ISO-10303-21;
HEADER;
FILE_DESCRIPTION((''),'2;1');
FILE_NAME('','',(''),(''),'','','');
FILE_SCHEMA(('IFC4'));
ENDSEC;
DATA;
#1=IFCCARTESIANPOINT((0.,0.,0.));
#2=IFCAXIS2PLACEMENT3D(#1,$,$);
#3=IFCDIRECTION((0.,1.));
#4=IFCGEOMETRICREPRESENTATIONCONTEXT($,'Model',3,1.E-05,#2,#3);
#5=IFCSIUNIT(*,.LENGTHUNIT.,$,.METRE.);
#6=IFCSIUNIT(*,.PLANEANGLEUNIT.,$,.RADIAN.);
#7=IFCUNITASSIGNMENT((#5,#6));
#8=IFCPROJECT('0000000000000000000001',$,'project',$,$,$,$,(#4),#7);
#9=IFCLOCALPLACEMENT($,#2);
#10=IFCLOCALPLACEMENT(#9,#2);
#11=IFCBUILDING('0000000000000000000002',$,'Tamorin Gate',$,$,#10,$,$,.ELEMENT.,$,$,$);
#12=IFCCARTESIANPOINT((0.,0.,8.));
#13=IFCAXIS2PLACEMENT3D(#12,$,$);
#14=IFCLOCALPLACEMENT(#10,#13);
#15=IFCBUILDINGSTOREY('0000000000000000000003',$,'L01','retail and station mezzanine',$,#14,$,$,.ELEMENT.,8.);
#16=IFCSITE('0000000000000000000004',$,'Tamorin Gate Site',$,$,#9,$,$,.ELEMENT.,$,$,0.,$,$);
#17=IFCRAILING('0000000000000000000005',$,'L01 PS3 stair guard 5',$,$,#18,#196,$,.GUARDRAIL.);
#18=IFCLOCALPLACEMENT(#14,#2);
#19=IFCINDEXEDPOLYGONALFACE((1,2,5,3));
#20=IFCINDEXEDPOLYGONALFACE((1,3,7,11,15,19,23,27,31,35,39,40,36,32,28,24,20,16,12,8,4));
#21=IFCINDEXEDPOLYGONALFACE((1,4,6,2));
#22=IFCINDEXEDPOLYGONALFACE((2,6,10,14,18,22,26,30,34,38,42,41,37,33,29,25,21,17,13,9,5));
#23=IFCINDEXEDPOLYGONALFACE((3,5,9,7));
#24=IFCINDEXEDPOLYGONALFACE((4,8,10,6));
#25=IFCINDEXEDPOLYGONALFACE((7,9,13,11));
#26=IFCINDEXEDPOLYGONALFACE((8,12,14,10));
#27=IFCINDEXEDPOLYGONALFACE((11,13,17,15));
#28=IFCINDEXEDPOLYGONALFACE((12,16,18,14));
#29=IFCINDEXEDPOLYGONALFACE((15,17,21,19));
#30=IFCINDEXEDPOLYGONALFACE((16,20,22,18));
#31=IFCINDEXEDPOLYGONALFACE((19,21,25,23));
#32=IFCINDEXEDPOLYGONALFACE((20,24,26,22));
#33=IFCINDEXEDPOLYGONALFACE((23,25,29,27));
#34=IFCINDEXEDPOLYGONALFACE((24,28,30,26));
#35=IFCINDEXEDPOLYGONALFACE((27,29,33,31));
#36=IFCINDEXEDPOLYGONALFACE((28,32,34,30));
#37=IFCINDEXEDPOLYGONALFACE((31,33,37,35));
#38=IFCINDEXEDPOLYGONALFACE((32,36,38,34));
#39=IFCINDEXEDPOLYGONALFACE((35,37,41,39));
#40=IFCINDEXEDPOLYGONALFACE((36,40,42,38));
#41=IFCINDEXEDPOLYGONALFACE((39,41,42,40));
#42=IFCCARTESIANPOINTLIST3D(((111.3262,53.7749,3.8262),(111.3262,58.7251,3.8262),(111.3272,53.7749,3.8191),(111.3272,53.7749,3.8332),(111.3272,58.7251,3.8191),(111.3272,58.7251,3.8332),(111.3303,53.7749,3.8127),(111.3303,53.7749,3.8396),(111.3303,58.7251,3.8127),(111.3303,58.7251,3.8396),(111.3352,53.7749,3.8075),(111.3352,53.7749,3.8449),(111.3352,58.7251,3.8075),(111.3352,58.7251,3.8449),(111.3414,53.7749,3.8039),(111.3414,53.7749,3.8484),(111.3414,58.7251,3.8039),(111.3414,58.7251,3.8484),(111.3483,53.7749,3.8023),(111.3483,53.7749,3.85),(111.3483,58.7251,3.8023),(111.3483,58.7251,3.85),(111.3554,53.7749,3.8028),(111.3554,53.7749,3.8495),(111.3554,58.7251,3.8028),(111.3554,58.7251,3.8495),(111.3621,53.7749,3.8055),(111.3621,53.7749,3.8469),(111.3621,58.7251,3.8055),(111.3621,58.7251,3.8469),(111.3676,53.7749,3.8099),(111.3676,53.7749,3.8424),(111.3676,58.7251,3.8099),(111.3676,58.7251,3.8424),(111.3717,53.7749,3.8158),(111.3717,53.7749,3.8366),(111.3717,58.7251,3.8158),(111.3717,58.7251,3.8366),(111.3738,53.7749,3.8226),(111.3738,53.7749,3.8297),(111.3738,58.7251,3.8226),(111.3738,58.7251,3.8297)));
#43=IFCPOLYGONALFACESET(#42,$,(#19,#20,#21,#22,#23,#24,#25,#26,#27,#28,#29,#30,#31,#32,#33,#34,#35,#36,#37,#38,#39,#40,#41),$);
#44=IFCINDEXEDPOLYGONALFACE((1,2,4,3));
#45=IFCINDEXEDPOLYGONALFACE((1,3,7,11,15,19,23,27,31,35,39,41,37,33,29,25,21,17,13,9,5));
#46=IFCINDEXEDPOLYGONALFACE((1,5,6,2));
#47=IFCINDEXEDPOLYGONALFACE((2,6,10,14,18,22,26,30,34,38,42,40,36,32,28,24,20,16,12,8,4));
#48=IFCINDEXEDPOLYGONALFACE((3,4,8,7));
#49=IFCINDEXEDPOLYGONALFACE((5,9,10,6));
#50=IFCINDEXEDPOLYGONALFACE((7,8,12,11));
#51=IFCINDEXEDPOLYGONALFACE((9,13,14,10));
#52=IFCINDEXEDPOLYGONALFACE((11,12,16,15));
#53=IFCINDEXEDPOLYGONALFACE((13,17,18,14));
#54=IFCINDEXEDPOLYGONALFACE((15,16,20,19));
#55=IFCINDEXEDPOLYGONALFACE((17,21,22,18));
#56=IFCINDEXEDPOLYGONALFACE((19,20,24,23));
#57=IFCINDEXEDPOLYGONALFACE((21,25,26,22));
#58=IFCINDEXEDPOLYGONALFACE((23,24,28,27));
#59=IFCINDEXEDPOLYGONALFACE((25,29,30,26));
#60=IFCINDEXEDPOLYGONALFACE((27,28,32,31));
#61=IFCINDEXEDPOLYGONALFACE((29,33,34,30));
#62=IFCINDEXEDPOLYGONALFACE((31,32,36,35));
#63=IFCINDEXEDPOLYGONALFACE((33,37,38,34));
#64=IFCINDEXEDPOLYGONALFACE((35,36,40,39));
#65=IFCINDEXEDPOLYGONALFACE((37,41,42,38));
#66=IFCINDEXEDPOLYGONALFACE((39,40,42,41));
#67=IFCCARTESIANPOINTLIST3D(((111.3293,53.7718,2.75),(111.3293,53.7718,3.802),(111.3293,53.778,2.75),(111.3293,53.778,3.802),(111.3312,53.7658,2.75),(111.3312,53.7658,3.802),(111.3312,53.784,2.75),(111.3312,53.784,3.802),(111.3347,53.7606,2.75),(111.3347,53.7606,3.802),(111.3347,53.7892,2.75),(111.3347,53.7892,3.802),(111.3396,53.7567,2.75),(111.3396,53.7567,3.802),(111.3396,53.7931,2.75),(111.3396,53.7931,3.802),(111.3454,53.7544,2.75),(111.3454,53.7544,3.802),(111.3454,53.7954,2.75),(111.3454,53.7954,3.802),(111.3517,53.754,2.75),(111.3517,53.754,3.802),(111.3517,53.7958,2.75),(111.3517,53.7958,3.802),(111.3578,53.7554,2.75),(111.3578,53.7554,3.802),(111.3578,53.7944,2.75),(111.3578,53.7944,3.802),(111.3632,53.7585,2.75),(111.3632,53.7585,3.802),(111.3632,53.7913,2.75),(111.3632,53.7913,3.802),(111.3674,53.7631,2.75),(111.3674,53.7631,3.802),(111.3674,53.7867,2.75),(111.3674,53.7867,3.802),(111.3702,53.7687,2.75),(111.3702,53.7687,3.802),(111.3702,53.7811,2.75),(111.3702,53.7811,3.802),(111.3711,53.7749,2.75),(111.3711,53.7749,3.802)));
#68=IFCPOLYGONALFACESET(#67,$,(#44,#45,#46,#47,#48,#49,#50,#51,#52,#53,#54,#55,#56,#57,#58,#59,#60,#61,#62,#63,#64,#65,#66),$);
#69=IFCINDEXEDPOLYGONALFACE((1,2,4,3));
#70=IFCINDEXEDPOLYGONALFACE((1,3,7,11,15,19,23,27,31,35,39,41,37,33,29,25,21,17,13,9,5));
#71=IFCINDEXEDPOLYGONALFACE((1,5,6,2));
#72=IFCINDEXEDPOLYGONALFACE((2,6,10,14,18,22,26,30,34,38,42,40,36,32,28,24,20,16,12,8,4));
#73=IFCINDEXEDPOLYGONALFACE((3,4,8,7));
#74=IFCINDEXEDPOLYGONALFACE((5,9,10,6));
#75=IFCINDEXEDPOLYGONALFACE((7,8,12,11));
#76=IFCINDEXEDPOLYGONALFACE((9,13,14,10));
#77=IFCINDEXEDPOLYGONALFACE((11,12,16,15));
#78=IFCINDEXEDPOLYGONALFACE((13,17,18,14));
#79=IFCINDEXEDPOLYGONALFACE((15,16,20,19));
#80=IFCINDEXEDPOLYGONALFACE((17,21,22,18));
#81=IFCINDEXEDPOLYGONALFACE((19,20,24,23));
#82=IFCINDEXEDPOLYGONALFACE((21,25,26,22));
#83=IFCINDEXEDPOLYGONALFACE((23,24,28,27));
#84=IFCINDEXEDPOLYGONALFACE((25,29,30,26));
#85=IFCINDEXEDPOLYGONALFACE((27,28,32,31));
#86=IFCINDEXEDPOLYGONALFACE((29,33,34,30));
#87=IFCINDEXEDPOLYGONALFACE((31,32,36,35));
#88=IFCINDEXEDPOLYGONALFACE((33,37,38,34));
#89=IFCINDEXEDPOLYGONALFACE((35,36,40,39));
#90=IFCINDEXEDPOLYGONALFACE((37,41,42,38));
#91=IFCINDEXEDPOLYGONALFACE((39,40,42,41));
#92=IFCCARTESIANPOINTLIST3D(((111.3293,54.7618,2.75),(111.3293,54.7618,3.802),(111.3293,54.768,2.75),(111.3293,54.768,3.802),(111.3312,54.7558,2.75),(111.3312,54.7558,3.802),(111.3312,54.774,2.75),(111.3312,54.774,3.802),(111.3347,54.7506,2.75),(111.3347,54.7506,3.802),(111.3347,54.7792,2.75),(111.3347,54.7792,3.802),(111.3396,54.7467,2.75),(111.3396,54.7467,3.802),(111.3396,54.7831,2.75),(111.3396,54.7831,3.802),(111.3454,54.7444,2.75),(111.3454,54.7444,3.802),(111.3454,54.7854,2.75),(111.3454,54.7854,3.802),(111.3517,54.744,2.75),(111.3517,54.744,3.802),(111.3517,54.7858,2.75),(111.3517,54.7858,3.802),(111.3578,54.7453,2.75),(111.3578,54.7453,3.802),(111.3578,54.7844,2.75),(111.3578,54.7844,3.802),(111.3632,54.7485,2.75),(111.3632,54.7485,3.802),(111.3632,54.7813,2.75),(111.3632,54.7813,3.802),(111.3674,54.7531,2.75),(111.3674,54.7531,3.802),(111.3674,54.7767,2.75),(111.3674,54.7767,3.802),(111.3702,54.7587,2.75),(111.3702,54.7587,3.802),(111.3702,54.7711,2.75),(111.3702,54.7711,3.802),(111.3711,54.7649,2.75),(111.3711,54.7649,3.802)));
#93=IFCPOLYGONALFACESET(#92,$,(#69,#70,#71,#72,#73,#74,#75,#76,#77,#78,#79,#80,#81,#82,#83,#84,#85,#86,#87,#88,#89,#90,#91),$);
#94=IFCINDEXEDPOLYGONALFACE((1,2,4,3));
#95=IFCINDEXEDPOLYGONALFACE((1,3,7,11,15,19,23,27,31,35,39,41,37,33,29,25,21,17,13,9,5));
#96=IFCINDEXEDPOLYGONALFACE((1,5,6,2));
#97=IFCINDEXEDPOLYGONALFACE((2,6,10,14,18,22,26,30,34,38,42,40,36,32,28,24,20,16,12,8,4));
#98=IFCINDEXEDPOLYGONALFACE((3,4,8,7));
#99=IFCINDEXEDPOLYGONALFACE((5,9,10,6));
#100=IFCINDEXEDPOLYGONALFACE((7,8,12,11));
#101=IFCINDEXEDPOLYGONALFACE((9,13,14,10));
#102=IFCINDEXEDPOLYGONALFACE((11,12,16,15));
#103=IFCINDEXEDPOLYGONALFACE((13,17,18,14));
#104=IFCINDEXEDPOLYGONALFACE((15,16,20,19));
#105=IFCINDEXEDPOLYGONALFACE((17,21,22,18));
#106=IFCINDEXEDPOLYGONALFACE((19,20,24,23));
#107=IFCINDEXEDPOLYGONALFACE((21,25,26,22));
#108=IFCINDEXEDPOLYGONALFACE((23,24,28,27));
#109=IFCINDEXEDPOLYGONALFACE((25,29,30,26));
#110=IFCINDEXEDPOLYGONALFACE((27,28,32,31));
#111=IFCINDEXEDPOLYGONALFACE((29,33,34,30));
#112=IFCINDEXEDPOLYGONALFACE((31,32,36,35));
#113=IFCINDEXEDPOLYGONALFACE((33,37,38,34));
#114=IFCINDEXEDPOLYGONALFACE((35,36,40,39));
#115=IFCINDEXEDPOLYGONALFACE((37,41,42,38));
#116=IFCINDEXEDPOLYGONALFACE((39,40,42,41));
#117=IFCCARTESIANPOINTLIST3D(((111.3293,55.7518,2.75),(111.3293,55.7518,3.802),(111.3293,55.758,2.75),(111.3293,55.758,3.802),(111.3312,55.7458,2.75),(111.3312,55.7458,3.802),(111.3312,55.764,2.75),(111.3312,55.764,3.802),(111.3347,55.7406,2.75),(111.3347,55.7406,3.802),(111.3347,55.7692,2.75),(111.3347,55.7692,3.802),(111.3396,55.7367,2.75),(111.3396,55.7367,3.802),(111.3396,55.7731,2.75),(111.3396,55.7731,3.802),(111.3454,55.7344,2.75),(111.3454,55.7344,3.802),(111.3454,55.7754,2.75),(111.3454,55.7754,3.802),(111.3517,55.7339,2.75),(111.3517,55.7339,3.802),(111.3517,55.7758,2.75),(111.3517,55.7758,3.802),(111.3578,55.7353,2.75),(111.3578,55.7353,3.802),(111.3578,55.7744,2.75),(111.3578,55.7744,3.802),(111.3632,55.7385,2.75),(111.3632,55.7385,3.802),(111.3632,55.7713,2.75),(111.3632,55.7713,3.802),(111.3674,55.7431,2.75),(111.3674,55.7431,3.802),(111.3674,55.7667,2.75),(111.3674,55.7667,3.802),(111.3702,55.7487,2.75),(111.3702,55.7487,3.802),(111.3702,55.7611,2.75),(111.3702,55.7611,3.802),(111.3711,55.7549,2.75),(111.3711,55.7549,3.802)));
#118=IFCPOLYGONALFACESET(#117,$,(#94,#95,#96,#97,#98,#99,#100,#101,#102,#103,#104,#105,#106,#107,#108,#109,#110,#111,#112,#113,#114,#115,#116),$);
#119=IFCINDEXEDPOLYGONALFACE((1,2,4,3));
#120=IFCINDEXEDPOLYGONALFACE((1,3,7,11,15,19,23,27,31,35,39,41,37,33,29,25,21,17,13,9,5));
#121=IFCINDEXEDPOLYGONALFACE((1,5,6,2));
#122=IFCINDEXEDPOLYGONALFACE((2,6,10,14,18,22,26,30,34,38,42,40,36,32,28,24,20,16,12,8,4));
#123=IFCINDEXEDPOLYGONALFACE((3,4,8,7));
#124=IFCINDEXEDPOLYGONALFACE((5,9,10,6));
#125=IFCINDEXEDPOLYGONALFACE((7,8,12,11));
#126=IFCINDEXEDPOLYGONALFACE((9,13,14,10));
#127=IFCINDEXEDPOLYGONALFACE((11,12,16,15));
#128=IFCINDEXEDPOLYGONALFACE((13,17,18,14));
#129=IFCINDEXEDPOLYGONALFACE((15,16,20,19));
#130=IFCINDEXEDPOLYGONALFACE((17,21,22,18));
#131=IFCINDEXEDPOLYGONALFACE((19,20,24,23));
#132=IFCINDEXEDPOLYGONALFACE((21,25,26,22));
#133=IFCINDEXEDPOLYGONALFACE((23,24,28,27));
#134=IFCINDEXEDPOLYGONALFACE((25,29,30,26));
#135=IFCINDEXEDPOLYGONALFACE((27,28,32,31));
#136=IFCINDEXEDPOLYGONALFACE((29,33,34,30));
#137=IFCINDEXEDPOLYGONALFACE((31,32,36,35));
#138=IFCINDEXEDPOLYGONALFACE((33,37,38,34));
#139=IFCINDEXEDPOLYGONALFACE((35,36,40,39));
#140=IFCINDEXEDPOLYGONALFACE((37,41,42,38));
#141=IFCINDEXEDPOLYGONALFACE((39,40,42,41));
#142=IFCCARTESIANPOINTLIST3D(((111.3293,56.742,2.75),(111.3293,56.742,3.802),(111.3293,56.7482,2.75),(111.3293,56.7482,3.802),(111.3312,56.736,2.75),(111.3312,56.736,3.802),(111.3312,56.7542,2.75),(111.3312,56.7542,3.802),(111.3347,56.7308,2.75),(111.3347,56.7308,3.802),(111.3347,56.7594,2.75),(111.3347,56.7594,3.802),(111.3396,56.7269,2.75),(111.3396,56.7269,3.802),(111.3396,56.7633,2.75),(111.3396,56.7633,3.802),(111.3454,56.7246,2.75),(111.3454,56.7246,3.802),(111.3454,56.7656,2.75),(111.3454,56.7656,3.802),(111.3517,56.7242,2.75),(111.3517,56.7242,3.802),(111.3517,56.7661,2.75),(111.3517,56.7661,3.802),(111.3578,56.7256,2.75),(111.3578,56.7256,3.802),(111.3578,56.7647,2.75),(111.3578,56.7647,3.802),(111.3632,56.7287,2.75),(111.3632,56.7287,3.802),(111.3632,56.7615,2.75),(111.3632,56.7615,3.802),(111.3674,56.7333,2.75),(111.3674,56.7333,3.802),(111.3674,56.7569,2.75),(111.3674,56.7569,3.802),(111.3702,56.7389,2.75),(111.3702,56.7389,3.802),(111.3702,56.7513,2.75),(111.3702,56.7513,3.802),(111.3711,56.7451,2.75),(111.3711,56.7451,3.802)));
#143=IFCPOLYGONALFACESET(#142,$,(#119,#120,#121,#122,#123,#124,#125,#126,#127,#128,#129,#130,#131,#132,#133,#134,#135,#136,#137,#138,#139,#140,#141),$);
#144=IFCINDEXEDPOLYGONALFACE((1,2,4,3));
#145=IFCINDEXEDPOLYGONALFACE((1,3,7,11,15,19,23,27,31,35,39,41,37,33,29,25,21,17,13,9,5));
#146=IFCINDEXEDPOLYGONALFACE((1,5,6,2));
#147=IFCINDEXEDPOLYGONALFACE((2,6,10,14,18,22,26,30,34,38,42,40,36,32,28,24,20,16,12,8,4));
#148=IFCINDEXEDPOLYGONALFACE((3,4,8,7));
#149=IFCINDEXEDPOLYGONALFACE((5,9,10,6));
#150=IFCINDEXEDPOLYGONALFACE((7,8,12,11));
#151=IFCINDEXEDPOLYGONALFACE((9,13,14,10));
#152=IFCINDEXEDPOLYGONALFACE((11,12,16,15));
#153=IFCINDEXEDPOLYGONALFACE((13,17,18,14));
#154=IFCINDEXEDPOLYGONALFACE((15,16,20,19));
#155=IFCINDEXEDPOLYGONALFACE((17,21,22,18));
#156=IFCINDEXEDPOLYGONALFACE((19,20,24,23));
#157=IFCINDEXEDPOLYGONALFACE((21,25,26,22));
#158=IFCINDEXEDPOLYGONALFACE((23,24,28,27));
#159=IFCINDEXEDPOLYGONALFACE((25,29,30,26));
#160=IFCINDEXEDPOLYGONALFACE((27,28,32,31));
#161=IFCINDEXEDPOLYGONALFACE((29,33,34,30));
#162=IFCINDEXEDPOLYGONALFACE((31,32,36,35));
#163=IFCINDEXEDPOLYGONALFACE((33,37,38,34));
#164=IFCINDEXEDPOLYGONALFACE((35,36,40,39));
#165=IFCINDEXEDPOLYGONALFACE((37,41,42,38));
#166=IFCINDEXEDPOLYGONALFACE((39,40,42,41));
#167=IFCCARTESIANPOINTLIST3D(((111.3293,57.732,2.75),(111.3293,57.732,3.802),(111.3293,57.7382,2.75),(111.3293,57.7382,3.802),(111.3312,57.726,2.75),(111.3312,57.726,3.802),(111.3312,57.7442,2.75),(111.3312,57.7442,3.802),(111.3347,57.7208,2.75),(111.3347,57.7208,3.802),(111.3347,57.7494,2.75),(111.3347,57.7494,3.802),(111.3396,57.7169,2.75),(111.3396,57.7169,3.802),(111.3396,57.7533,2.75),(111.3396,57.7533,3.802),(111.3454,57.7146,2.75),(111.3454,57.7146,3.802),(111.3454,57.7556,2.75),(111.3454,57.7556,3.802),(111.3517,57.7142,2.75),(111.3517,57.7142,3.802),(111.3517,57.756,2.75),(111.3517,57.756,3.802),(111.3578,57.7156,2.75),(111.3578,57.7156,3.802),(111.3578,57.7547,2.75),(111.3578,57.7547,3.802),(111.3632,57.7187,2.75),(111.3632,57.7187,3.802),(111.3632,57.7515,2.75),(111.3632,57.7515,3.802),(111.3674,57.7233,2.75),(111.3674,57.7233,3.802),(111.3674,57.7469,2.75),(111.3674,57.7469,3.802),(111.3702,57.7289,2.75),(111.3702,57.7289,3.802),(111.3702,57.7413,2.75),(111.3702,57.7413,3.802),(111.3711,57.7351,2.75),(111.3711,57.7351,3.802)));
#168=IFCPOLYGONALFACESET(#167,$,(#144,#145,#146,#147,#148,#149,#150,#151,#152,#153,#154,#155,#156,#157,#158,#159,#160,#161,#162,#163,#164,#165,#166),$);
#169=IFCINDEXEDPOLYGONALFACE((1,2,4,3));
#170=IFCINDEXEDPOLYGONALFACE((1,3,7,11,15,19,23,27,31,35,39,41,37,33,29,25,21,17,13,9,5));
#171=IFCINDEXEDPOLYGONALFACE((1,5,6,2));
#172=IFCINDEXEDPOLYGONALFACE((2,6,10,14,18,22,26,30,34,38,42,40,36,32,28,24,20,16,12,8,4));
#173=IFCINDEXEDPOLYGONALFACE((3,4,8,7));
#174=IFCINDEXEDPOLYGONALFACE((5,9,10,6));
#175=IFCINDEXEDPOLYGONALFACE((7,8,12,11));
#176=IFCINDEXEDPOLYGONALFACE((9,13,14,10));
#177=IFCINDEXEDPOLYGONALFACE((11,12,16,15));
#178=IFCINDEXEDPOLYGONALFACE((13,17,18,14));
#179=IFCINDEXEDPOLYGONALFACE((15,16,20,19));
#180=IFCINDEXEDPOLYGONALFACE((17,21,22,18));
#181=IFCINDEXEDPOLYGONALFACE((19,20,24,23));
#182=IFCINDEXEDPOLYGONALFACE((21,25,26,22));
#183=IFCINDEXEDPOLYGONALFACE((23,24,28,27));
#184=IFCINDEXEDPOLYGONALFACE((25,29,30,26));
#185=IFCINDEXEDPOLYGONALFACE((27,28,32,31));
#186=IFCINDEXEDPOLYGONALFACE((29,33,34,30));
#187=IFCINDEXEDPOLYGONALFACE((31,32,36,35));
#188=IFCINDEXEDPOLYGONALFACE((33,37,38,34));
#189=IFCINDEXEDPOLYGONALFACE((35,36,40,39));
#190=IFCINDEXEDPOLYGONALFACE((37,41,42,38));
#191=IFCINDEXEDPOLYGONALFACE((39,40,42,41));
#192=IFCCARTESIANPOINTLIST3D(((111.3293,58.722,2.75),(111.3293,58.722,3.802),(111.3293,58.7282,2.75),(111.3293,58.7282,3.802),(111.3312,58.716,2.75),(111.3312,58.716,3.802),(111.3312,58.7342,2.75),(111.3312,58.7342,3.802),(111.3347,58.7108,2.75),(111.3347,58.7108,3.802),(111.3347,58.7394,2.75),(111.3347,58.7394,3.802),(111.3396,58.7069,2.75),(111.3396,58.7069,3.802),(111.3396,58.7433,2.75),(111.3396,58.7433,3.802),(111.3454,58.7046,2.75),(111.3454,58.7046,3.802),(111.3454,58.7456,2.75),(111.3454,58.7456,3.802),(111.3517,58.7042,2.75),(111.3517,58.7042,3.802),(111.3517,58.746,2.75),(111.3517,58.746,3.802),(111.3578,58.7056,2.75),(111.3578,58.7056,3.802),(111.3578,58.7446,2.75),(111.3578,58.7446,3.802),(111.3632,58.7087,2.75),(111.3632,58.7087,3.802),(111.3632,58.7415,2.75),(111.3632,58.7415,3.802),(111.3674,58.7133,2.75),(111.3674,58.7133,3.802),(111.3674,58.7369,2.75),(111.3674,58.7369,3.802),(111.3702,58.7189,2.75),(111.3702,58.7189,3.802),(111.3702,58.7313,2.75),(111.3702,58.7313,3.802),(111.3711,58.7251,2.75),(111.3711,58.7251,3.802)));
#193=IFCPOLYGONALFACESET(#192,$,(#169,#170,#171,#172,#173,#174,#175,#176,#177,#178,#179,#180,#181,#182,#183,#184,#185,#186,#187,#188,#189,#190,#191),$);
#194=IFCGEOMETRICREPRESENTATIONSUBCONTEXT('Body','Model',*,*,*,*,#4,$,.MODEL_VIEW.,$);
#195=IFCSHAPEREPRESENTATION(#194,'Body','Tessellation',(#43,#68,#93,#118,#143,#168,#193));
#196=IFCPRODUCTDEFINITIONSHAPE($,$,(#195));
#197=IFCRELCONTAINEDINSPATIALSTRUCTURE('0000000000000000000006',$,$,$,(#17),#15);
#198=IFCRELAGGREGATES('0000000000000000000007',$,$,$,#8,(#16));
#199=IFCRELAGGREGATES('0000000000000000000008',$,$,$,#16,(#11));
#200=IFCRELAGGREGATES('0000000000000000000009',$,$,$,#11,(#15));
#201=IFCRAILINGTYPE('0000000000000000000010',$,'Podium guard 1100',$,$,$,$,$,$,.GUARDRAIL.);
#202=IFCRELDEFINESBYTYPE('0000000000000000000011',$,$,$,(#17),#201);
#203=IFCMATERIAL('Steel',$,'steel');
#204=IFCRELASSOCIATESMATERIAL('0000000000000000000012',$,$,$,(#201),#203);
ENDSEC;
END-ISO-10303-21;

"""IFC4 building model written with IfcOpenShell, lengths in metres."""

from ifc_helpers import new_model, si_unit, direction, frame, origin, origin_2d, place, context, subcontext, project, spatial, circle, extrude, material, type_object, element, save


model = new_model("IFC4")

# Units and contexts
model_context = context("Model", 3, precision=1e-05, world=origin(), true_north=direction((0.0, 1.0)))
body_context = subcontext(model_context, "Body", "Model", "MODEL_VIEW")
ifc_project = project(units=[si_unit("LENGTHUNIT", "METRE"), si_unit("PLANEANGLEUNIT", "RADIAN")], contexts=[model_context])

# Site, building, storey
site_placement = place(None, origin())
site = spatial("IfcSite", under=ifc_project, at=site_placement, Name="Tamorin Gate Site", CompositionType="ELEMENT", RefElevation=0.0)
building_placement = place(site_placement, origin())
building = spatial("IfcBuilding", under=site, at=building_placement, Name="Tamorin Gate", CompositionType="ELEMENT")
storey_placement = place(building_placement, frame((0.0, 0.0, 8.0)))
storey = spatial("IfcBuildingStorey", under=building, at=storey_placement, Name="L01", Description="retail and station mezzanine", CompositionType="ELEMENT", Elevation=8.0)

# Railing
ifc_material_1 = material(Name="Steel", Category="steel")
railing_type = type_object("IfcRailingType", Name="Podium guard 1100", PredefinedType="GUARDRAIL", material=ifc_material_1)
railing_1_placement = place(storey_placement, frame((111.3501, 53.7749, 2.75)))
element("IfcRailing", 1, at=railing_1_placement, inside=storey, type_object=railing_type, Name="L01 PS3 stair guard 5", PredefinedType="GUARDRAIL", context=body_context, shape_type="SweptSolid", body=[
    extrude(circle(Radius=0.0239, at=origin_2d()), frame((0.0, 0.0, 1.0762), z_axis=(0.0, 1.0, 0.0), x_axis=(-1.0, 0.0, 0.0)), (0.0, 0.0, 1.0), 4.9502),
    extrude(circle(Radius=0.021, at=origin_2d()), origin(), (0.0, 0.0, 1.0), 1.052),
    extrude(circle(Radius=0.021, at=origin_2d()), frame((0.0, 0.99, 0.0)), (0.0, 0.0, 1.0), 1.052),
    extrude(circle(Radius=0.021, at=origin_2d()), frame((0.0, 1.98, 0.0)), (0.0, 0.0, 1.0), 1.052),
    extrude(circle(Radius=0.021, at=origin_2d()), frame((0.0, 2.9702, 0.0)), (0.0, 0.0, 1.0), 1.052),
    extrude(circle(Radius=0.021, at=origin_2d()), frame((0.0, 3.9602, 0.0)), (0.0, 0.0, 1.0), 1.052),
    extrude(circle(Radius=0.021, at=origin_2d()), frame((0.0, 4.9502, 0.0)), (0.0, 0.0, 1.0), 1.052),
])

save(model, "model.ifc")
